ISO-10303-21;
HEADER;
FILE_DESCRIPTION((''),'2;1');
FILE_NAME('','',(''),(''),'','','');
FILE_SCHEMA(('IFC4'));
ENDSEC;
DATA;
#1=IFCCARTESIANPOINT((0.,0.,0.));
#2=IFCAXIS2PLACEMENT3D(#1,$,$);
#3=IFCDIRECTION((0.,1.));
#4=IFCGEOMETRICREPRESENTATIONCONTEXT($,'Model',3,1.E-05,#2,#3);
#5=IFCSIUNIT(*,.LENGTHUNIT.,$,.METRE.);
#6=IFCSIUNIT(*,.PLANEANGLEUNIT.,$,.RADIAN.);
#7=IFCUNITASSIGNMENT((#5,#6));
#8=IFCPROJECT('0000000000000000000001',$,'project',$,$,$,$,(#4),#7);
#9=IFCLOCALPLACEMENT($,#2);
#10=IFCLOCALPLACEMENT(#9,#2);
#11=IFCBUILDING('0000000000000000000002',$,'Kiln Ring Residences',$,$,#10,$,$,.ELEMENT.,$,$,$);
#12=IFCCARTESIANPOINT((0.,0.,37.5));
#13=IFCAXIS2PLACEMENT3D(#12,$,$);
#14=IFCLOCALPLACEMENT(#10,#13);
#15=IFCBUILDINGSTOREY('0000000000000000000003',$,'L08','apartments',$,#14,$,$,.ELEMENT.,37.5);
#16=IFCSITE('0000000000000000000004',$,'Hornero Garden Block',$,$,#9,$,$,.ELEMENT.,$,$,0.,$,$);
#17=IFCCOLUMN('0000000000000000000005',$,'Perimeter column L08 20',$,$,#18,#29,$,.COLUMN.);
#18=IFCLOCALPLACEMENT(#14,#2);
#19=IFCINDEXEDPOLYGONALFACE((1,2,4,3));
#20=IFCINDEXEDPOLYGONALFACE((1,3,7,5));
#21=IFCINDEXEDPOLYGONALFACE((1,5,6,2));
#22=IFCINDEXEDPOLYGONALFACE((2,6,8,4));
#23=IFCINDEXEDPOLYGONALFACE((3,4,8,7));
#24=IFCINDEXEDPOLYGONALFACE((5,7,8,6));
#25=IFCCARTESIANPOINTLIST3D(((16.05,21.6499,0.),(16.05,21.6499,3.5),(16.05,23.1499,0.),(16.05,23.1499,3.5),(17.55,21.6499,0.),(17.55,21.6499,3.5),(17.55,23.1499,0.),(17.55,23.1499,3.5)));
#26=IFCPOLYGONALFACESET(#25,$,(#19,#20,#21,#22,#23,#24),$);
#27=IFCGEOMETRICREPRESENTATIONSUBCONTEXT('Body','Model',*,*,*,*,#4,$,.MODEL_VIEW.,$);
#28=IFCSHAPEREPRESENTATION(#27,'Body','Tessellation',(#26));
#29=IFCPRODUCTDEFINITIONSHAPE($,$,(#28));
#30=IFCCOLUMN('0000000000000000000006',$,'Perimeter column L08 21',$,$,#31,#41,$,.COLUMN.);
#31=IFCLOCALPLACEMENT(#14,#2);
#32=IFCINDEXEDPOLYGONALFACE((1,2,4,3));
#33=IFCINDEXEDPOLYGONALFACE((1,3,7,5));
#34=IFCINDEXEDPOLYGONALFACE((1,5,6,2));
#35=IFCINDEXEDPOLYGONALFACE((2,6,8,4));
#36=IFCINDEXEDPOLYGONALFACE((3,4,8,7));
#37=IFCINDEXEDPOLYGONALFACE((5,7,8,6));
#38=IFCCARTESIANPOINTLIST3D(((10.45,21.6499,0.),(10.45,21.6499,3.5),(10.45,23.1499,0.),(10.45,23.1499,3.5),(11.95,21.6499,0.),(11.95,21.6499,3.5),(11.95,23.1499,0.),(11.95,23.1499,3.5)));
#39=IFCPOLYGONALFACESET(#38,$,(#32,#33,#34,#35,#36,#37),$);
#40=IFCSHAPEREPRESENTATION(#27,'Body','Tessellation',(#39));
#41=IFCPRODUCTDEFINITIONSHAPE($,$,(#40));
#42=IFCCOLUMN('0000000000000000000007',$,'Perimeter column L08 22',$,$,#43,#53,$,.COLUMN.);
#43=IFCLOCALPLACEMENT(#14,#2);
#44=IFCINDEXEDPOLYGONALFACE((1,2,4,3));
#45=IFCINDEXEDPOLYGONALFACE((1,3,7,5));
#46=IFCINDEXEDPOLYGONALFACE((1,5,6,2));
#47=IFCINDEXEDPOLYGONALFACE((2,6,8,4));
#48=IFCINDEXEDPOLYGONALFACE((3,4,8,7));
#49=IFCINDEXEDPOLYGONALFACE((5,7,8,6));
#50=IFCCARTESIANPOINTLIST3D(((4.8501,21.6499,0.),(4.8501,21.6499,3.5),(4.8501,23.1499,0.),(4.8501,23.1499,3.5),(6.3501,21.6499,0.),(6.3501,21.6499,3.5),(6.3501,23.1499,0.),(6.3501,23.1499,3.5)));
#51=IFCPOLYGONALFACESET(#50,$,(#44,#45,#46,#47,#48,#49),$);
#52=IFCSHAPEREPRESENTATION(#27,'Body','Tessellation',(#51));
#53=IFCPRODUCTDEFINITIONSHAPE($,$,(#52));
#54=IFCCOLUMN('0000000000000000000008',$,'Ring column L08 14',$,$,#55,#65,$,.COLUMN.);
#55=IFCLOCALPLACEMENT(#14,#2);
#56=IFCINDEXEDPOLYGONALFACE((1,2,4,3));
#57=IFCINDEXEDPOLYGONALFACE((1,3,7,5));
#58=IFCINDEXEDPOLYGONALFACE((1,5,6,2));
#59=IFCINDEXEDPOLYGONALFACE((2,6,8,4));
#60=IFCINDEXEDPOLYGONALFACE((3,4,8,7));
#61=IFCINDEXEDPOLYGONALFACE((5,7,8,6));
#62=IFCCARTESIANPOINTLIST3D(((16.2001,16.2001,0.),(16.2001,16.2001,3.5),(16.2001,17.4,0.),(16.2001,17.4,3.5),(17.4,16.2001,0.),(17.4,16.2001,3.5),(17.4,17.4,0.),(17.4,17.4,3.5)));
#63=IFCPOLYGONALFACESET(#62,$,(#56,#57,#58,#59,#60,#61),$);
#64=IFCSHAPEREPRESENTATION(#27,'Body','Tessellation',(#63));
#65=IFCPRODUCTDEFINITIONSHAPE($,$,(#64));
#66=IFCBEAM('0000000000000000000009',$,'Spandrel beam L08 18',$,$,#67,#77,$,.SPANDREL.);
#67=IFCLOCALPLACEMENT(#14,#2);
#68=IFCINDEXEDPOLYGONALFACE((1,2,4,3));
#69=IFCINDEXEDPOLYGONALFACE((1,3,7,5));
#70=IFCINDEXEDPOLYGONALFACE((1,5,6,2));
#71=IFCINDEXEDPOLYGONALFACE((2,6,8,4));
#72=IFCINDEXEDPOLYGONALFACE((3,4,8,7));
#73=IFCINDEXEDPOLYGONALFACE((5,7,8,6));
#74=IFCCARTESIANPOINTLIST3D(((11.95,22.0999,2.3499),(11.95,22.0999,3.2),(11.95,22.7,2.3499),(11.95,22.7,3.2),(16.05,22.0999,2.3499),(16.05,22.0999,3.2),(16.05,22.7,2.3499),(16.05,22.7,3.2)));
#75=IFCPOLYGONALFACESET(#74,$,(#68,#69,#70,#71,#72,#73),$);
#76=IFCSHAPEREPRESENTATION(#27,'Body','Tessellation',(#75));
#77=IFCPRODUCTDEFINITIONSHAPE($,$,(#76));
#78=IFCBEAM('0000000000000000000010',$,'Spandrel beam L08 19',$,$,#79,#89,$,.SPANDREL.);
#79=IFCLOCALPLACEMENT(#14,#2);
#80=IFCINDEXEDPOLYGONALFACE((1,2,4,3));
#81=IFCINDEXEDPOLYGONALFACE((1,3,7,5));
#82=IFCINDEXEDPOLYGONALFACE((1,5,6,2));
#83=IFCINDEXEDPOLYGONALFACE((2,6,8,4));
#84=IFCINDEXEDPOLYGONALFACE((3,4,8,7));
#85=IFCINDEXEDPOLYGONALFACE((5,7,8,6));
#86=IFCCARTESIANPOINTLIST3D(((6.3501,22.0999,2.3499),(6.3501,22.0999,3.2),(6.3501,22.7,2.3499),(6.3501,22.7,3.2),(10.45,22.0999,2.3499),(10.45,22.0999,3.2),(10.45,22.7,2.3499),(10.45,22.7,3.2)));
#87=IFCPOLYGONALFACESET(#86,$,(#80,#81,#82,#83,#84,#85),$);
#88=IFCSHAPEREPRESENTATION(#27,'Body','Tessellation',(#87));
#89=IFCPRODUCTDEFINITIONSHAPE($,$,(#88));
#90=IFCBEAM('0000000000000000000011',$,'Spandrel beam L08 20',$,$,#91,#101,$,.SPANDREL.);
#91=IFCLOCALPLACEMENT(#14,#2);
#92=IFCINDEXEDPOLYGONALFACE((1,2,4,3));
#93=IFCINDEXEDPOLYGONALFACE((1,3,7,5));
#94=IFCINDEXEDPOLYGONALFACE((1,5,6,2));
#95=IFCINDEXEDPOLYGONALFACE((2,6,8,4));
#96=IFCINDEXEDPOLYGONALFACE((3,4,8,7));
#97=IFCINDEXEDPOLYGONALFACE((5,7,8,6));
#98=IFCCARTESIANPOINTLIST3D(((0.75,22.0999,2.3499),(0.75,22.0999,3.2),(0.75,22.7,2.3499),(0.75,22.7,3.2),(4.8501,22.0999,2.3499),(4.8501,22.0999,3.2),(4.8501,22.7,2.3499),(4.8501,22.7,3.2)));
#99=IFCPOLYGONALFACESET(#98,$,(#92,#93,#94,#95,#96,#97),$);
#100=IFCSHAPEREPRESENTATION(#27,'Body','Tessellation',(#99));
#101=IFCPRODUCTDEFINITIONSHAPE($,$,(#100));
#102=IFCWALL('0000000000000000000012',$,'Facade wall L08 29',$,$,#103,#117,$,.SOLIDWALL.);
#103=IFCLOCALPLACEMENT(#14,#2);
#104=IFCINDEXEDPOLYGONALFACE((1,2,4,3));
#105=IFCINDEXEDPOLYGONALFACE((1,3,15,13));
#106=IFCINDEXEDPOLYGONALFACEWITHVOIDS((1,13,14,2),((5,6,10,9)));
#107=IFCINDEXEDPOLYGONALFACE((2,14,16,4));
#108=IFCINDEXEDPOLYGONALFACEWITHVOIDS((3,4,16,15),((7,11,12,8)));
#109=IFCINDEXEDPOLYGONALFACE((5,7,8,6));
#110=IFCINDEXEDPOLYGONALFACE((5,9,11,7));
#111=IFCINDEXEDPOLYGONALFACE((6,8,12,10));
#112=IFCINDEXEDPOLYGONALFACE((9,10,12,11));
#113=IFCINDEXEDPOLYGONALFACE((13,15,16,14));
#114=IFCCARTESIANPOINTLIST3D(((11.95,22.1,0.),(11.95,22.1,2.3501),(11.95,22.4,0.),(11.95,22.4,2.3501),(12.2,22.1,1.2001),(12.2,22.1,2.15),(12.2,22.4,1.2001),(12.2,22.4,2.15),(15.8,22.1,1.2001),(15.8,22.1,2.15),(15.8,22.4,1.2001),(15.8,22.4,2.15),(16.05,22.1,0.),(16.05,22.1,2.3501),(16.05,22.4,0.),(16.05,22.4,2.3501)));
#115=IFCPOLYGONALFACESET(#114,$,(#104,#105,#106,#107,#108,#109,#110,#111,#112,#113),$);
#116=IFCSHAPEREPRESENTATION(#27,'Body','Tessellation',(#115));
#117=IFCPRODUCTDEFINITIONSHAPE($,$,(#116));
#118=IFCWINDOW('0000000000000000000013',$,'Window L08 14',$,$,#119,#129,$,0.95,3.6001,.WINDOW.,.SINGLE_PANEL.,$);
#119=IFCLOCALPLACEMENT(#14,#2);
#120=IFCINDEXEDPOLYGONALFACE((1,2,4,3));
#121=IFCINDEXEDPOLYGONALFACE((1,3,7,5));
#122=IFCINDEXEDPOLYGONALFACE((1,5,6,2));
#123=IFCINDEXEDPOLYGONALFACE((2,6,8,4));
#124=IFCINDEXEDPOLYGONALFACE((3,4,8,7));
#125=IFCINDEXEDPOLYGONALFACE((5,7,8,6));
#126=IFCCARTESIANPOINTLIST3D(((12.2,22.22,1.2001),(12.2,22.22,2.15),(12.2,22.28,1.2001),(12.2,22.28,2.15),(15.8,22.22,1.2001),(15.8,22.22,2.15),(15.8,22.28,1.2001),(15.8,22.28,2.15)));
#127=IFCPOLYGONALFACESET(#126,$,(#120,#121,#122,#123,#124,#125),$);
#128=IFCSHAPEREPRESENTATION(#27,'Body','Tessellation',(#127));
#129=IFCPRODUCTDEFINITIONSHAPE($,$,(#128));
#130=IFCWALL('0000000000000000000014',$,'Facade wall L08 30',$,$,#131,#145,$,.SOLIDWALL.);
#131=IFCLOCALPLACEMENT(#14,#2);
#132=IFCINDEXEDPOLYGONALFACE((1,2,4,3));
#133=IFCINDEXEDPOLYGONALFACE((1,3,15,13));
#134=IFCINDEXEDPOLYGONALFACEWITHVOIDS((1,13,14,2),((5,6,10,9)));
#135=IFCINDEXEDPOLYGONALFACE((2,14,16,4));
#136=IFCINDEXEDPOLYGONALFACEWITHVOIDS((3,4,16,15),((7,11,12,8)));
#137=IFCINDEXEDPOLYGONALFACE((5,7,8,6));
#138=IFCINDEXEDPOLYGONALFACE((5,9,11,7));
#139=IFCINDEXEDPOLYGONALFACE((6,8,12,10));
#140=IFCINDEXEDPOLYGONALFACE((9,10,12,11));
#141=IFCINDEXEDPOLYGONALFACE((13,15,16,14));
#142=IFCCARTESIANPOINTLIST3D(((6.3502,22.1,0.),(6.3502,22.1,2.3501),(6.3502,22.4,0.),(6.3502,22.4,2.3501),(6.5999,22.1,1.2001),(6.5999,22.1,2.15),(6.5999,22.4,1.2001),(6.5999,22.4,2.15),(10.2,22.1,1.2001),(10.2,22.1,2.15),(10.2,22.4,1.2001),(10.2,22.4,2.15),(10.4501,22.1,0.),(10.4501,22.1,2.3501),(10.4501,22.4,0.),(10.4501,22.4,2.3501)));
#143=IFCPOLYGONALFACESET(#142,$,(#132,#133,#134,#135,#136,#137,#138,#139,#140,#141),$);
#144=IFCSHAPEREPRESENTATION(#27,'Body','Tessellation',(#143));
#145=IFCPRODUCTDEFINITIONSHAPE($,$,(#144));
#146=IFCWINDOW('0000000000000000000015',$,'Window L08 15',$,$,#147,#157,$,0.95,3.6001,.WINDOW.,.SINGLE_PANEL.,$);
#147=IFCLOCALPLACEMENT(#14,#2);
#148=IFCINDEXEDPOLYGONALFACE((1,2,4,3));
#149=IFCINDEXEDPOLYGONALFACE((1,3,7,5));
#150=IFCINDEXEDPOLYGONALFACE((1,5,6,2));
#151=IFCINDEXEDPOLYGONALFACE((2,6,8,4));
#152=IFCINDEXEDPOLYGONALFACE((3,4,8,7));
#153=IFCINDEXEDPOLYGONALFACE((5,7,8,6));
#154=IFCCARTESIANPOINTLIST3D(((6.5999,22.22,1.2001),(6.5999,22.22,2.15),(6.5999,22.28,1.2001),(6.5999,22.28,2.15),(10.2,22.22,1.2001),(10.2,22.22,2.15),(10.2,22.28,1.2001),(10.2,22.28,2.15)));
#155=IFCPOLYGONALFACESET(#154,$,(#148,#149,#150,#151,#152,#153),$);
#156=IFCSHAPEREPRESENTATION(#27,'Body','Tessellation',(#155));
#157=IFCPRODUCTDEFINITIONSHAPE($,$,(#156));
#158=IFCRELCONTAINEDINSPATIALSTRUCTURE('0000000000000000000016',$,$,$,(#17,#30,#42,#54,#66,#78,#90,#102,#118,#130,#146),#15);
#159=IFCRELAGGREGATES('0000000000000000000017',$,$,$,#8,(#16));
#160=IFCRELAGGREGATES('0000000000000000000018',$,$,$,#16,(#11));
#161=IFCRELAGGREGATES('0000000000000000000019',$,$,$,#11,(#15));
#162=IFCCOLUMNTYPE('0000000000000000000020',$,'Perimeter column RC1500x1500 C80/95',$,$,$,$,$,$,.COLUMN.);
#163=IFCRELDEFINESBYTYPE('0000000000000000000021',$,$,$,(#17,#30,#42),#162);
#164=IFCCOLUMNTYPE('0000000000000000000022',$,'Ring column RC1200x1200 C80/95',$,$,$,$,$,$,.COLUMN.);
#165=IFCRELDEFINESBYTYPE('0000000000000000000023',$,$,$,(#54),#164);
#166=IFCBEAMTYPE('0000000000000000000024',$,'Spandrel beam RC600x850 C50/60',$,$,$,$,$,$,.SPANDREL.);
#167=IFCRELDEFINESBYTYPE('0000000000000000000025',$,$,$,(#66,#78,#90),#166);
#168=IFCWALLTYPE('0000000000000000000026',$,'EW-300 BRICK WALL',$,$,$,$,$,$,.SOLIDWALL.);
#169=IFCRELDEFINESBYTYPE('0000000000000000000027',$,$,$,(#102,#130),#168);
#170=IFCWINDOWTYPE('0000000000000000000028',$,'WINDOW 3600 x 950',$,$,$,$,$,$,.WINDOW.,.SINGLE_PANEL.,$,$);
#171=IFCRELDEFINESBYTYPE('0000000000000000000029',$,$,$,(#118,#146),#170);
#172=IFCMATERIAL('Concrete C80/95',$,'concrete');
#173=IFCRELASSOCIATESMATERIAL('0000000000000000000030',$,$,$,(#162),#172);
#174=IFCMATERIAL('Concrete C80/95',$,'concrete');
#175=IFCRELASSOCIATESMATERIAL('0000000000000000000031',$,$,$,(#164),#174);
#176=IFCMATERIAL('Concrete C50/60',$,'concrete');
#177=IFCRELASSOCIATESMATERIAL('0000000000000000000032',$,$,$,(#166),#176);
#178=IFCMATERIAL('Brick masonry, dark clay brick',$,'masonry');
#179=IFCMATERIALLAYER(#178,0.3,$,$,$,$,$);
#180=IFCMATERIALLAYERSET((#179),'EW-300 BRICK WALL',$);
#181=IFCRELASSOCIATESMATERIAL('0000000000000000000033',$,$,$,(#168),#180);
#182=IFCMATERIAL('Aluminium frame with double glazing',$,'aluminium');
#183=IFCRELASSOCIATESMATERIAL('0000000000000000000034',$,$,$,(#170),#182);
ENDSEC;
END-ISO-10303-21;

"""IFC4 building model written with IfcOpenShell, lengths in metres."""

from ifc_helpers import new_model, si_unit, direction, frame, frame_2d, origin, origin_2d, place, context, subcontext, project, spatial, rectangle, extrude, material, layer, layer_set, material_profile, profile_set, type_object, element, fill, save


model = new_model("IFC4")

# Units and contexts
model_context = context("Model", 3, precision=1e-05, world=origin(), true_north=direction((0.0, 1.0)))
body_context = subcontext(model_context, "Body", "Model", "MODEL_VIEW")
ifc_project = project(units=[si_unit("LENGTHUNIT", "METRE"), si_unit("PLANEANGLEUNIT", "RADIAN")], contexts=[model_context])

# Site, building, storey
site_placement = place(None, origin())
site = spatial("IfcSite", under=ifc_project, at=site_placement, Name="Hornero Garden Block", CompositionType="ELEMENT", RefElevation=0.0)
building_placement = place(site_placement, origin())
building = spatial("IfcBuilding", under=site, at=building_placement, Name="Kiln Ring Residences", CompositionType="ELEMENT")
storey_placement = place(building_placement, frame((0.0, 0.0, 37.5)))
storey = spatial("IfcBuildingStorey", under=building, at=storey_placement, Name="L08", Description="apartments", CompositionType="ELEMENT", Elevation=37.5)

# Columns
ifc_material_1 = material(Name="Concrete C80/95", Category="concrete")
ifc_material_profile_1 = material_profile(ifc_material_1, rectangle(XDim=1.5, YDim=1.5, at=origin_2d()), Name="RC1500x1500")
ifc_profile_set_1 = profile_set([ifc_material_profile_1], Name="Concrete C80/95")
column_type_1 = type_object("IfcColumnType", Name="Perimeter column RC1500x1500 C80/95", PredefinedType="COLUMN", material=ifc_profile_set_1)
for number, where, z_axis, x_axis, name in (
    (1, (16.8, 22.3999, 0.0), (0.0, 0.0, 1.0), (1.0, 0.0, 0.0), "Perimeter column L08 20"),
    (2, (11.2, 22.3999, 0.0), (0.0, 0.0, 1.0), (1.0, 0.0, 0.0), "Perimeter column L08 21"),
    (3, (5.6001, 22.3999, 0.0), (0.0, 0.0, 1.0), (1.0, 0.0, 0.0), "Perimeter column L08 22"),
):
    element("IfcColumn", number, at=place(storey_placement, frame(where, z_axis=z_axis, x_axis=x_axis)), inside=storey, type_object=column_type_1, Name=name, PredefinedType="COLUMN", context=body_context, shape_type="SweptSolid", body=[
        extrude(rectangle(XDim=1.5, YDim=1.5, at=origin_2d()), origin(), (0.0, 0.0, 1.0), 3.5),
    ])
ifc_material_2 = material(Name="Concrete C80/95", Category="concrete")
ifc_material_profile_2 = material_profile(ifc_material_2, rectangle(XDim=1.2, YDim=1.2, at=origin_2d()), Name="RC1200x1200")
ifc_profile_set_2 = profile_set([ifc_material_profile_2], Name="Concrete C80/95")
column_type_2 = type_object("IfcColumnType", Name="Ring column RC1200x1200 C80/95", PredefinedType="COLUMN", material=ifc_profile_set_2)
column_placement = place(storey_placement, frame((16.8, 16.8, 0.0), z_axis=(0.0, 0.0, 1.0), x_axis=(1.0, 0.0, 0.0)))
element("IfcColumn", 4, at=column_placement, inside=storey, type_object=column_type_2, Name="Ring column L08 14", PredefinedType="COLUMN", context=body_context, shape_type="SweptSolid", body=[
    extrude(rectangle(XDim=1.2, YDim=1.2, at=origin_2d()), origin(), (0.0, 0.0, 1.0), 3.5),
])

# Beams
ifc_material_3 = material(Name="Concrete C50/60", Category="concrete")
ifc_material_profile_3 = material_profile(ifc_material_3, rectangle(XDim=0.6001, YDim=0.8501, at=origin_2d()), Name="RC600x850")
ifc_profile_set_3 = profile_set([ifc_material_profile_3], Name="Concrete C50/60")
beam_type = type_object("IfcBeamType", Name="Spandrel beam RC600x850 C50/60", PredefinedType="SPANDREL", material=ifc_profile_set_3)
beam_1_placement = place(storey_placement, frame((16.05, 22.3999, 2.7749), z_axis=(-1.0, 0.0, 0.0), x_axis=(0.0, -1.0, 0.0)))
element("IfcBeam", 5, at=beam_1_placement, inside=storey, type_object=beam_type, Name="Spandrel beam L08 18", PredefinedType="SPANDREL", context=body_context, shape_type="SweptSolid", body=[
    extrude(rectangle(XDim=0.6001, YDim=0.8501, at=origin_2d()), origin(), (0.0, 0.0, 1.0), 4.1001),
])
beam_2_placement = place(storey_placement, frame((10.45, 22.3999, 2.7749), z_axis=(-1.0, 0.0, 0.0), x_axis=(0.0, -1.0, 0.0)))
element("IfcBeam", 6, at=beam_2_placement, inside=storey, type_object=beam_type, Name="Spandrel beam L08 19", PredefinedType="SPANDREL", context=body_context, shape_type="SweptSolid", body=[
    extrude(rectangle(XDim=0.6001, YDim=0.8501, at=origin_2d()), origin(), (0.0, 0.0, 1.0), 4.0999),
])
beam_3_placement = place(storey_placement, frame((4.8501, 22.3999, 2.7749), z_axis=(-1.0, 0.0, 0.0), x_axis=(0.0, -1.0, 0.0)))
element("IfcBeam", 7, at=beam_3_placement, inside=storey, type_object=beam_type, Name="Spandrel beam L08 20", PredefinedType="SPANDREL", context=body_context, shape_type="SweptSolid", body=[
    extrude(rectangle(XDim=0.6001, YDim=0.8501, at=origin_2d()), origin(), (0.0, 0.0, 1.0), 4.1001),
])

# Walls, openings, windows
ifc_material_4 = material(Name="Brick masonry, dark clay brick", Category="masonry")
ifc_layer_1 = layer(ifc_material_4, 0.3)
ifc_layer_set_1 = layer_set([ifc_layer_1], Name="EW-300 BRICK WALL")
wall_type_1 = type_object("IfcWallType", Name="EW-300 BRICK WALL", PredefinedType="SOLIDWALL", material=ifc_layer_set_1)
wall_1_placement = place(storey_placement, frame((16.05, 22.25, 0.0), z_axis=(0.0, 0.0, 1.0), x_axis=(-1.0, 0.0, 0.0)))
wall_1 = element("IfcWall", 8, at=wall_1_placement, inside=storey, type_object=wall_type_1, Name="Facade wall L08 29", PredefinedType="SOLIDWALL", context=body_context, shape_type="SweptSolid", body=[
    extrude(rectangle(XDim=4.1001, YDim=0.3, at=frame_2d((2.05, 0.0))), origin(), (0.0, 0.0, 1.0), 2.3501),
])
opening_1_placement = place(wall_1_placement, frame((0.25, 0.0, 1.2)))
opening_1 = element("IfcOpeningElement", 9, at=opening_1_placement, cuts=wall_1, PredefinedType="OPENING", context=body_context, shape_type="SweptSolid", body=[
    extrude(rectangle(XDim=3.6001, YDim=0.95, at=frame_2d((1.8, 0.4751))), frame((0.0, 0.1599, 0.0), z_axis=(0.0, -1.0, 0.0), x_axis=(1.0, 0.0, 0.0)), (0.0, 0.0, 1.0), 0.3201),
])
ifc_material_5 = material(Name="Aluminium frame with double glazing", Category="aluminium")
window_type_1 = type_object("IfcWindowType", Name="WINDOW 3600 x 950", PartitioningType="SINGLE_PANEL", PredefinedType="WINDOW", material=ifc_material_5)
window_1_placement = place(opening_1_placement, origin())
window_1 = element("IfcWindow", 10, at=window_1_placement, inside=storey, type_object=window_type_1, Name="Window L08 14", OverallHeight=0.95, OverallWidth=3.6001, PartitioningType="SINGLE_PANEL", PredefinedType="WINDOW", context=body_context, shape_type="SweptSolid", body=[
    extrude(rectangle(XDim=3.6001, YDim=0.95, at=frame_2d((1.8, 0.4751))), frame((0.0, 0.03, 0.0), z_axis=(0.0, -1.0, 0.0), x_axis=(1.0, 0.0, 0.0)), (0.0, 0.0, 1.0), 0.0601),
])
fill(opening_1, window_1)
wall_2_placement = place(storey_placement, frame((10.45, 22.25, 0.0), z_axis=(0.0, 0.0, 1.0), x_axis=(-1.0, 0.0, 0.0)))
wall_2 = element("IfcWall", 11, at=wall_2_placement, inside=storey, type_object=wall_type_1, Name="Facade wall L08 30", PredefinedType="SOLIDWALL", context=body_context, shape_type="SweptSolid", body=[
    extrude(rectangle(XDim=4.0999, YDim=0.3, at=frame_2d((2.0498, 0.0))), origin(), (0.0, 0.0, 1.0), 2.3501),
])
opening_2_placement = place(wall_2_placement, frame((0.25, 0.0, 1.2)))
opening_2 = element("IfcOpeningElement", 12, at=opening_2_placement, cuts=wall_2, PredefinedType="OPENING", context=body_context, shape_type="SweptSolid", body=[
    extrude(rectangle(XDim=3.6001, YDim=0.95, at=frame_2d((1.8, 0.4751))), frame((0.0, 0.1599, 0.0), z_axis=(0.0, -1.0, 0.0), x_axis=(1.0, 0.0, 0.0)), (0.0, 0.0, 1.0), 0.3201),
])
window_2_placement = place(opening_2_placement, origin())
window_2 = element("IfcWindow", 13, at=window_2_placement, inside=storey, type_object=window_type_1, Name="Window L08 15", OverallHeight=0.95, OverallWidth=3.6001, PartitioningType="SINGLE_PANEL", PredefinedType="WINDOW", context=body_context, shape_type="SweptSolid", body=[
    extrude(rectangle(XDim=3.6001, YDim=0.95, at=frame_2d((1.8, 0.4751))), frame((0.0, 0.03, 0.0), z_axis=(0.0, -1.0, 0.0), x_axis=(1.0, 0.0, 0.0)), (0.0, 0.0, 1.0), 0.0601),
])
fill(opening_2, window_2)

save(model, "model.ifc")
